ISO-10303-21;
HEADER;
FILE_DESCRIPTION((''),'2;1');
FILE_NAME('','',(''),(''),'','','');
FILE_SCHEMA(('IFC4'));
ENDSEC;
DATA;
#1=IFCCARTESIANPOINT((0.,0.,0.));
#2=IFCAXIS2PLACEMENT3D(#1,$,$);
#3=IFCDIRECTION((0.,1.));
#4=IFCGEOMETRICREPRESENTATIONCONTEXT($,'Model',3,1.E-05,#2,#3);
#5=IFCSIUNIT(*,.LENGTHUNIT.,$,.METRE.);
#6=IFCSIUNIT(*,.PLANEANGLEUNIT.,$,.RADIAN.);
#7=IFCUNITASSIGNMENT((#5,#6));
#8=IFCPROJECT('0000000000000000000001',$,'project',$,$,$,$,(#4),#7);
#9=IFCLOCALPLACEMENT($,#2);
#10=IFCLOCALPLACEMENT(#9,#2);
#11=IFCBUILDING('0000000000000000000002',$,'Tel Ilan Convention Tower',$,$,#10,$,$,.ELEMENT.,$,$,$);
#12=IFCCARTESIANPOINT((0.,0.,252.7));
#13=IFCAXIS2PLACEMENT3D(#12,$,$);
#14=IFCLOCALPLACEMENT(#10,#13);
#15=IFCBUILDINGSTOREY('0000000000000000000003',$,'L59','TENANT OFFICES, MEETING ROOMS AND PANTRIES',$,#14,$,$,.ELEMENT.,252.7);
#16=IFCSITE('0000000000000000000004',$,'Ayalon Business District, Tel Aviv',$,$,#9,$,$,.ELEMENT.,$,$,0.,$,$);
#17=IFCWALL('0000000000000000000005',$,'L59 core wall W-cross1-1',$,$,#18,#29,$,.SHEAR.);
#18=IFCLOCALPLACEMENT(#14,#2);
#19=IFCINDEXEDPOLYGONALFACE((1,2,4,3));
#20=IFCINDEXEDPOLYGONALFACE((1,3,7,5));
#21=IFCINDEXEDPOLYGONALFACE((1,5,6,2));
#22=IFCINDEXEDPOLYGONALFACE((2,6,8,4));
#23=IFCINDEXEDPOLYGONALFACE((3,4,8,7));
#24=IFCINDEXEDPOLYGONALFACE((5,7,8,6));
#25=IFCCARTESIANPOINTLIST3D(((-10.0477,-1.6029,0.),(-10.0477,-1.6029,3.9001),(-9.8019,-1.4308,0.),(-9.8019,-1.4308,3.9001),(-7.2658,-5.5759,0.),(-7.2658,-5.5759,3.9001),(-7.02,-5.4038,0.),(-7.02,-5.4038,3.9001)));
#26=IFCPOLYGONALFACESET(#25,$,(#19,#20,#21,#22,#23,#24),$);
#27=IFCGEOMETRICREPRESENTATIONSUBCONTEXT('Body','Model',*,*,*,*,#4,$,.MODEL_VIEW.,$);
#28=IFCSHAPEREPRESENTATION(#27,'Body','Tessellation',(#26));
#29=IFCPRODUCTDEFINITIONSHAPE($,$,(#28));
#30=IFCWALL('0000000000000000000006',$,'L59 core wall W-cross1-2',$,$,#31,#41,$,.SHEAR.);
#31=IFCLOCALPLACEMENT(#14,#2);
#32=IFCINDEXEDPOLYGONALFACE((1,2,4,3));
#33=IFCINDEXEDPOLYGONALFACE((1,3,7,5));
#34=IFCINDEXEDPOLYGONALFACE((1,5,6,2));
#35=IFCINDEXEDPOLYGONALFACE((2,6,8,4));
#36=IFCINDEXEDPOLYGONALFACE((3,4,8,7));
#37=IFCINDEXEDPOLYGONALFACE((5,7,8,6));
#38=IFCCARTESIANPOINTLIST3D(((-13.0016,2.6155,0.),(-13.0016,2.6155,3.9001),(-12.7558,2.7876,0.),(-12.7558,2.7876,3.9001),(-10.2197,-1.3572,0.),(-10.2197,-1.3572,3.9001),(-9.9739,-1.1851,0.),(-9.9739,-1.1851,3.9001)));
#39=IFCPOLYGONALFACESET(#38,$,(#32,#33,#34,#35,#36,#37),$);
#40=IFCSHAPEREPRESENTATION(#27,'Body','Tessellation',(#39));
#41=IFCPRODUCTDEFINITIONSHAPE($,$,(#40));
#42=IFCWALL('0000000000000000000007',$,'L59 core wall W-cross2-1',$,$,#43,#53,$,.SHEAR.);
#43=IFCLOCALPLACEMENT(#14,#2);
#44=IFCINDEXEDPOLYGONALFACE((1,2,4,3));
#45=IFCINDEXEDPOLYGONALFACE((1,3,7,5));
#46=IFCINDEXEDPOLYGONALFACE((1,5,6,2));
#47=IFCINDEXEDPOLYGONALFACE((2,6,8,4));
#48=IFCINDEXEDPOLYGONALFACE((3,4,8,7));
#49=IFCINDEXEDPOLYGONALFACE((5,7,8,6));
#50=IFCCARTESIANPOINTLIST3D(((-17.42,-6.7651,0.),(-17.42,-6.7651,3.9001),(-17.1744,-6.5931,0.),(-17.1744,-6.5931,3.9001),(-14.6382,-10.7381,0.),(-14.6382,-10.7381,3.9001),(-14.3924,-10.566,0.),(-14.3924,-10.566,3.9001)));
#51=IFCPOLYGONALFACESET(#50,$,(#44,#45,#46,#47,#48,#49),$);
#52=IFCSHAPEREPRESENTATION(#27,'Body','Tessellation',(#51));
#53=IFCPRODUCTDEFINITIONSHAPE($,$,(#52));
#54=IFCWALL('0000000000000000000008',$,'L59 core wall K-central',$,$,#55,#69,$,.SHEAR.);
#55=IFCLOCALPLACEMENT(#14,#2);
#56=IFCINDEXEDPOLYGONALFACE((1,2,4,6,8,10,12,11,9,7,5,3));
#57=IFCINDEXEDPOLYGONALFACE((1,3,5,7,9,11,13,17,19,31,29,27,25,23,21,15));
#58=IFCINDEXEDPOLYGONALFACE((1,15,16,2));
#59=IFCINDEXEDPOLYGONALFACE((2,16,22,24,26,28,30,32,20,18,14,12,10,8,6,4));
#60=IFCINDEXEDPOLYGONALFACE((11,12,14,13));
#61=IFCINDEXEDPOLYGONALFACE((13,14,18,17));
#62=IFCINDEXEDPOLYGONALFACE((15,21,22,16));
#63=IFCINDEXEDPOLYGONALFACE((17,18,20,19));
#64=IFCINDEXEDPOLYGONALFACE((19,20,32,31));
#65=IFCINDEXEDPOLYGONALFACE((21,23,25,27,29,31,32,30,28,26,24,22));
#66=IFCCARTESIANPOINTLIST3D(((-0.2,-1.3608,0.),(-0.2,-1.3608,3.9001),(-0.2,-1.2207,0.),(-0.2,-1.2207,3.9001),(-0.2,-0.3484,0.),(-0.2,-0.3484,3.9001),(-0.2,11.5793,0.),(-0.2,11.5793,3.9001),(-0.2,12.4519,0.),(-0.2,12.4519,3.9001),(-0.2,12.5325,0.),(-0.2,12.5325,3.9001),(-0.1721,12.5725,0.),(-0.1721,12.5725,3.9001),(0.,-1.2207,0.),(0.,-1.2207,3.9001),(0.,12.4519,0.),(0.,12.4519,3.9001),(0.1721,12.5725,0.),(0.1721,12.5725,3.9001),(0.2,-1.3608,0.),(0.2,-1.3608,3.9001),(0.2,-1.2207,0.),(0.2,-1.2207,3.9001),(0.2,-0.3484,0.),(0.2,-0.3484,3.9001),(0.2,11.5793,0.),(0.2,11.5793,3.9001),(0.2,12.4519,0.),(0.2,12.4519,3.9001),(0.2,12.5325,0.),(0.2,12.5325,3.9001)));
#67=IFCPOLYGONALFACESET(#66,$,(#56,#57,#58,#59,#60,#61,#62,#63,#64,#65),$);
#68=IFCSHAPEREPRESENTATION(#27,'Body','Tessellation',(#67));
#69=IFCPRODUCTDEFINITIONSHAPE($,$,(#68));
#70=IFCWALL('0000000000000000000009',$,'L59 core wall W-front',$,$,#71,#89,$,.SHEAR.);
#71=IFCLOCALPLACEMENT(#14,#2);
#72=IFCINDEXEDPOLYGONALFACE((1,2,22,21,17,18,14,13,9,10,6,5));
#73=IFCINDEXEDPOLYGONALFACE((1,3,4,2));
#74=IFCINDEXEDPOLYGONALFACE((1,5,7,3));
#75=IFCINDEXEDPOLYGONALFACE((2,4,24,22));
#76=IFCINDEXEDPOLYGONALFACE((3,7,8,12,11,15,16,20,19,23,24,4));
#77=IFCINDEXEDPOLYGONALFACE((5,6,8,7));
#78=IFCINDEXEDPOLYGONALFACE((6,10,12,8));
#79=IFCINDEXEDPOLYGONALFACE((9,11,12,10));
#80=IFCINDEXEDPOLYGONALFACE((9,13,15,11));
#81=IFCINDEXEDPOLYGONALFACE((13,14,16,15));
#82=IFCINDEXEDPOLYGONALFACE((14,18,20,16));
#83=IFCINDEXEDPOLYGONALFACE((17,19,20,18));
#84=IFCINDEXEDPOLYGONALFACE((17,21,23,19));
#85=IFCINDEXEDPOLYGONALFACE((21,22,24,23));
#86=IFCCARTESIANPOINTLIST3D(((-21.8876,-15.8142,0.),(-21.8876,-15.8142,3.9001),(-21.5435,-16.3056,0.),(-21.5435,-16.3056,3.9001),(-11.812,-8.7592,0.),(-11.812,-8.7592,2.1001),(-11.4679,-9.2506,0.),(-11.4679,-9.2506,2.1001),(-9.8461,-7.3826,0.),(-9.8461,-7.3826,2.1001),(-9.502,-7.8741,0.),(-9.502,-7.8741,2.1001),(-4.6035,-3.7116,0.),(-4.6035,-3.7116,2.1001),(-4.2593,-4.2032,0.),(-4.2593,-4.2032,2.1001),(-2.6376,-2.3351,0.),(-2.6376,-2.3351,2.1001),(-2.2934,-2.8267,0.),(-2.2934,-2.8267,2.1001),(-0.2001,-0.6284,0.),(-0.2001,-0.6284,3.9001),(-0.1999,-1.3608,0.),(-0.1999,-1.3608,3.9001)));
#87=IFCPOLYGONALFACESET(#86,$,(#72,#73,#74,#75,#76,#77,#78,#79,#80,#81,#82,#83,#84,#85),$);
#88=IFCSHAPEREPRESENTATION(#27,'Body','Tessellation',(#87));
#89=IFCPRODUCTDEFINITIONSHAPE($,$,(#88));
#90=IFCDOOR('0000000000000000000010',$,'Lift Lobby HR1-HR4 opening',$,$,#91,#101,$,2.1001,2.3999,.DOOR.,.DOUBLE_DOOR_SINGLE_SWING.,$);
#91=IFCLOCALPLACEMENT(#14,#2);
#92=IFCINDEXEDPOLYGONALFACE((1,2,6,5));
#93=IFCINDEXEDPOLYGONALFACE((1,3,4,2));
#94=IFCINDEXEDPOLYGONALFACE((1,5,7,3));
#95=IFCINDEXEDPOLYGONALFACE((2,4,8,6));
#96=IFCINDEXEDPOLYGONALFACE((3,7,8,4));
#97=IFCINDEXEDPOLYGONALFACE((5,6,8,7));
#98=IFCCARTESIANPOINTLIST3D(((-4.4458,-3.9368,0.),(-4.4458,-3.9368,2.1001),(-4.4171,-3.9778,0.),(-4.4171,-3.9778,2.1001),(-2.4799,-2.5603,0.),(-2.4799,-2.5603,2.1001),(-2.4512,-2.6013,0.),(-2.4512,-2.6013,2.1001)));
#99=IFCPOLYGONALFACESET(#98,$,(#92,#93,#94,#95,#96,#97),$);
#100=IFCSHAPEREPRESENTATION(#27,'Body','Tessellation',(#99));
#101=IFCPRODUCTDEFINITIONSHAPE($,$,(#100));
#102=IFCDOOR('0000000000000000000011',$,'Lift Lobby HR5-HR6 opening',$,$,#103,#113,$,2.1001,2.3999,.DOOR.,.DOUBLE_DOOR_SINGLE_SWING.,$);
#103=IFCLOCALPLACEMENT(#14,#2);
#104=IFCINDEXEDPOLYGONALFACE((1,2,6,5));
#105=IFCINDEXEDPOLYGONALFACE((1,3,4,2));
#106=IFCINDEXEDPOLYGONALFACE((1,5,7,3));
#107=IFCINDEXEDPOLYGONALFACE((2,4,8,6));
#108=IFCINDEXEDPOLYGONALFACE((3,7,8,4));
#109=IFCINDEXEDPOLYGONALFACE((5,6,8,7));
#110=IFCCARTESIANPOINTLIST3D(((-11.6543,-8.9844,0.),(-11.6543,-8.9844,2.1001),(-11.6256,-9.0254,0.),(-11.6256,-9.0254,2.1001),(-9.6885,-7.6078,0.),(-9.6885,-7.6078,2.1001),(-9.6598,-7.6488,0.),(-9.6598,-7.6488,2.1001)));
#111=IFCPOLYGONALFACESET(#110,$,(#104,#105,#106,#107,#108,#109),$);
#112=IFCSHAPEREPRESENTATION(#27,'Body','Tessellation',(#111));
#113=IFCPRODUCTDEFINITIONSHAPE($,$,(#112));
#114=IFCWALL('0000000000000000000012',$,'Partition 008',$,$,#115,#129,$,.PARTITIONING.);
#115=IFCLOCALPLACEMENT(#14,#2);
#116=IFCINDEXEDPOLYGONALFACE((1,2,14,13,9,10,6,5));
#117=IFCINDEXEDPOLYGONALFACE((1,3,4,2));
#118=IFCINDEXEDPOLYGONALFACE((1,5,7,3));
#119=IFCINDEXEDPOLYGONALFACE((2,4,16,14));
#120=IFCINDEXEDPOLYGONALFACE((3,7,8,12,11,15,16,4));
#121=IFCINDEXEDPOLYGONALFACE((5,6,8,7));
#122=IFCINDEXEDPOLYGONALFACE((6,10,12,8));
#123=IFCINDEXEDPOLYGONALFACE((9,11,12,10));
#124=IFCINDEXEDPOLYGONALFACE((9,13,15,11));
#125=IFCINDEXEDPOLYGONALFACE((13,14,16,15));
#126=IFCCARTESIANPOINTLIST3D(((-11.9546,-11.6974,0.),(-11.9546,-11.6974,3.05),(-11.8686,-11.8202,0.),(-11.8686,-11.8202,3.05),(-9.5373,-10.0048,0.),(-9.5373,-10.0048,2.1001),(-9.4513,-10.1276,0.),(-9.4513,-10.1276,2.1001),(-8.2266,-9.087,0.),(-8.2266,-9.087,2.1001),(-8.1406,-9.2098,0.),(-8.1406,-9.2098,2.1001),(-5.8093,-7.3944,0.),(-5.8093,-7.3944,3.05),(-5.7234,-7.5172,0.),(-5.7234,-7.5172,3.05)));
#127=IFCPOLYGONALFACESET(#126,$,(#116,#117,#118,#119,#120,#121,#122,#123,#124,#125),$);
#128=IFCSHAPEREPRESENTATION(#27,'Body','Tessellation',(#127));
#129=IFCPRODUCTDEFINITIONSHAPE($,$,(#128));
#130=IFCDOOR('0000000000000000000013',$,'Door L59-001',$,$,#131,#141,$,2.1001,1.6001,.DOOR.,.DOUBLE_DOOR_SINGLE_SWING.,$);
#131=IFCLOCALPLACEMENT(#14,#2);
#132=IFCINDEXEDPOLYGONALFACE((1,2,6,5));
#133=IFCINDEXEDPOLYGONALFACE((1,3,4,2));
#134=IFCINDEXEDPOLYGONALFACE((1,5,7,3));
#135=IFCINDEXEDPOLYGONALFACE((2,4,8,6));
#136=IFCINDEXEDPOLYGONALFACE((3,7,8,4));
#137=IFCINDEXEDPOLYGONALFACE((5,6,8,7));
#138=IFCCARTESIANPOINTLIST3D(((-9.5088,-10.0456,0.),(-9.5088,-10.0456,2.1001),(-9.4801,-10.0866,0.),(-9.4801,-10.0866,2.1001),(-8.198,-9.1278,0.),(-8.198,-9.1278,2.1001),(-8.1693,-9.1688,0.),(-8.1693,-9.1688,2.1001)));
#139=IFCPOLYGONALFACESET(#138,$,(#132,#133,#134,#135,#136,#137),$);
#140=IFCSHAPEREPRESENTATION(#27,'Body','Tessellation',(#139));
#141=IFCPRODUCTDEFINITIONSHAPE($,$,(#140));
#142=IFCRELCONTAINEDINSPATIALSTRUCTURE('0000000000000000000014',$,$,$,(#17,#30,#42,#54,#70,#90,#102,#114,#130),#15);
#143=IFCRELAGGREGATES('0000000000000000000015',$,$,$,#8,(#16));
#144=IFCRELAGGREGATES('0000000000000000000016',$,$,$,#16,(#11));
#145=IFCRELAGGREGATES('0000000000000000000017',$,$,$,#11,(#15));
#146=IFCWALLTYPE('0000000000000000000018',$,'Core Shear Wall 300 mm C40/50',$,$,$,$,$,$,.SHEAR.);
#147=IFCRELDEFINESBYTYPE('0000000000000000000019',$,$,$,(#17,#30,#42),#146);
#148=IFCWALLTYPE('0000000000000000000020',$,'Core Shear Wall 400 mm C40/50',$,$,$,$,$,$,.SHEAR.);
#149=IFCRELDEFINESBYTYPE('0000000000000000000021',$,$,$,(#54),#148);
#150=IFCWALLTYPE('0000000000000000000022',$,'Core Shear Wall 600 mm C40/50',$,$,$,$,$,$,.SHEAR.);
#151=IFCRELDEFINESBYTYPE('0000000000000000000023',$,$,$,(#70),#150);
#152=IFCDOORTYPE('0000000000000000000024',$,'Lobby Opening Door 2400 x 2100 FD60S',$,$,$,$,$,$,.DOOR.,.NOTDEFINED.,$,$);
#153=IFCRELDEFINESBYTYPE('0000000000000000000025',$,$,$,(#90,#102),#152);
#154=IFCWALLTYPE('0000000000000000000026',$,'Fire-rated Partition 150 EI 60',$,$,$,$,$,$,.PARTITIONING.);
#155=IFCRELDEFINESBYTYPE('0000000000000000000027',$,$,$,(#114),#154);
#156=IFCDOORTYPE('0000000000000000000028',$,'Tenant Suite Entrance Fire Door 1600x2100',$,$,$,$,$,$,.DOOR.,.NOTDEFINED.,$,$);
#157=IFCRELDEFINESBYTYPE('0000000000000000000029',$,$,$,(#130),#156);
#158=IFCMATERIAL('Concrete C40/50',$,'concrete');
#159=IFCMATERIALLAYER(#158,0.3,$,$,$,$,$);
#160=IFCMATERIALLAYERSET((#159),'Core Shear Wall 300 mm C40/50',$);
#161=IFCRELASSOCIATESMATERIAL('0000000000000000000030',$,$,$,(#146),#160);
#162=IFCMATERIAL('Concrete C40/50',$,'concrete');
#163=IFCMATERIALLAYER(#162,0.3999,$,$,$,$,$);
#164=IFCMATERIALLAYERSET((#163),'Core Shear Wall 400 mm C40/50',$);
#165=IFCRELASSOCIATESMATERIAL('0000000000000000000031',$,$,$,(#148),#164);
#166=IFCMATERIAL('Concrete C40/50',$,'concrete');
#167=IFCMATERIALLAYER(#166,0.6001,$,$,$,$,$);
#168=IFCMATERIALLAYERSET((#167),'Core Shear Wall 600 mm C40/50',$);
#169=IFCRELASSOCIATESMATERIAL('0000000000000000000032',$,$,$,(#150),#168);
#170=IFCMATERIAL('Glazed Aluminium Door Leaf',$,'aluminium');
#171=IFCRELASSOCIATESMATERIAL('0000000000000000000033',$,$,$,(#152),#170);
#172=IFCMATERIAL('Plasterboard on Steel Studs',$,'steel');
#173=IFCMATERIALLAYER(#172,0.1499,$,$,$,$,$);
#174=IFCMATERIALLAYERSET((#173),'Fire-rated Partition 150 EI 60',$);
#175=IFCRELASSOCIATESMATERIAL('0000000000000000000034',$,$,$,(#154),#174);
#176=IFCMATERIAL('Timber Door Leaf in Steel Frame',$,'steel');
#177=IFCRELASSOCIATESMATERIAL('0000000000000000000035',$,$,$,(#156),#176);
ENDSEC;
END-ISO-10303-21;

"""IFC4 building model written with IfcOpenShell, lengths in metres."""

from ifc_helpers import new_model, si_unit, direction, frame, frame_2d, origin, place, context, subcontext, project, spatial, polyline, rectangle, outline, extrude, material, layer, layer_set, type_object, element, fill, save


model = new_model("IFC4")

# Units and contexts
model_context = context("Model", 3, precision=1e-05, world=origin(), true_north=direction((0.0, 1.0)))
body_context = subcontext(model_context, "Body", "Model", "MODEL_VIEW")
ifc_project = project(units=[si_unit("LENGTHUNIT", "METRE"), si_unit("PLANEANGLEUNIT", "RADIAN")], contexts=[model_context])

# Site, building, storey
site_placement = place(None, origin())
site = spatial("IfcSite", under=ifc_project, at=site_placement, Name="Ayalon Business District, Tel Aviv", CompositionType="ELEMENT", RefElevation=0.0)
building_placement = place(site_placement, origin())
building = spatial("IfcBuilding", under=site, at=building_placement, Name="Tel Ilan Convention Tower", CompositionType="ELEMENT")
storey_placement = place(building_placement, frame((0.0, 0.0, 252.7)))
storey = spatial("IfcBuildingStorey", under=building, at=storey_placement, Name="L59", Description="TENANT OFFICES, MEETING ROOMS AND PANTRIES", CompositionType="ELEMENT", Elevation=252.7)

# Walls
ifc_material_1 = material(Name="Concrete C40/50", Category="concrete")
ifc_layer_1 = layer(ifc_material_1, 0.3)
ifc_layer_set_1 = layer_set([ifc_layer_1], Name="Core Shear Wall 300 mm C40/50")
wall_type_1 = type_object("IfcWallType", Name="Core Shear Wall 300 mm C40/50", PredefinedType="SHEAR", material=ifc_layer_set_1)
wall_1_placement = place(storey_placement, frame((-7.1428, -5.4897, 0.0), z_axis=(0.0, 0.0, 1.0), x_axis=(-0.573618, 0.819123, 0.0)))
element("IfcWall", 1, at=wall_1_placement, inside=storey, type_object=wall_type_1, Name="L59 core wall W-cross1-1", PredefinedType="SHEAR", context=body_context, shape_type="SweptSolid", body=[
    extrude(outline(polyline([(4.8501, 0.1499), (0.0, 0.1501), (0.0, -0.1499), (4.8501, -0.1501), (4.8501, 0.1499)])), origin(), (0.0, 0.0, 1.0), 3.9001),
])
wall_2_placement = place(storey_placement, frame((-10.0969, -1.2712, 0.0), z_axis=(0.0, 0.0, 1.0), x_axis=(-0.57356, 0.819163, 0.0)))
element("IfcWall", 2, at=wall_2_placement, inside=storey, type_object=wall_type_1, Name="L59 core wall W-cross1-2", PredefinedType="SHEAR", context=body_context, shape_type="SweptSolid", body=[
    extrude(outline(polyline([(4.8499, -0.1499), (4.8499, 0.1501), (0.0, 0.1499), (0.0, -0.1501), (4.8499, -0.1499)])), origin(), (0.0, 0.0, 1.0), 3.9001),
])
wall_3_placement = place(storey_placement, frame((-14.5154, -10.6521, 0.0), z_axis=(0.0, 0.0, 1.0), x_axis=(-0.57356, 0.819163, 0.0)))
element("IfcWall", 3, at=wall_3_placement, inside=storey, type_object=wall_type_1, Name="L59 core wall W-cross2-1", PredefinedType="SHEAR", context=body_context, shape_type="SweptSolid", body=[
    extrude(outline(polyline([(4.8501, 0.1499), (0.0, 0.1499), (0.0, -0.1501), (4.8501, -0.1499), (4.8501, 0.1499)])), origin(), (0.0, 0.0, 1.0), 3.9001),
])
ifc_material_2 = material(Name="Concrete C40/50", Category="concrete")
ifc_layer_2 = layer(ifc_material_2, 0.3999)
ifc_layer_set_2 = layer_set([ifc_layer_2], Name="Core Shear Wall 400 mm C40/50")
wall_type_2 = type_object("IfcWallType", Name="Core Shear Wall 400 mm C40/50", PredefinedType="SHEAR", material=ifc_layer_set_2)
wall_4_placement = place(storey_placement, frame((0.0, -1.3608, 0.0), z_axis=(0.0, 0.0, 1.0), x_axis=(0.0, 1.0, 0.0)))
element("IfcWall", 4, at=wall_4_placement, inside=storey, type_object=wall_type_2, Name="L59 core wall K-central", PredefinedType="SHEAR", context=body_context, shape_type="SweptSolid", body=[
    extrude(outline(polyline([(0.1401, 0.2), (0.0, 0.2), (0.1401, 0.0), (0.0, -0.2), (0.1401, -0.2), (1.0125, -0.2), (12.9402, -0.2), (13.8127, -0.2), (13.8933, -0.2), (13.9333, -0.1721), (13.8127, 0.0), (13.9333, 0.1721), (13.8933, 0.2), (13.8127, 0.2), (12.9402, 0.2), (1.0125, 0.2), (0.1401, 0.2)])), origin(), (0.0, 0.0, 1.0), 3.9001),
])

# Wall, openings, doors
ifc_material_3 = material(Name="Concrete C40/50", Category="concrete")
ifc_layer_3 = layer(ifc_material_3, 0.6001)
ifc_layer_set_3 = layer_set([ifc_layer_3], Name="Core Shear Wall 600 mm C40/50")
wall_type_3 = type_object("IfcWallType", Name="Core Shear Wall 600 mm C40/50", PredefinedType="SHEAR", material=ifc_layer_set_3)
wall_5_placement = place(storey_placement, frame((-0.0278, -0.874, 0.0), z_axis=(0.0, 0.0, 1.0), x_axis=(-0.81915, -0.573579, 0.0)))
wall_5 = element("IfcWall", 5, at=wall_5_placement, inside=storey, type_object=wall_type_3, Name="L59 core wall W-front", PredefinedType="SHEAR", context=body_context, shape_type="SweptSolid", body=[
    extrude(outline(polyline([(26.4758, 0.2998), (0.4202, 0.3), (0.0002, -0.3), (26.4758, -0.3), (26.4758, 0.2998)])), origin(), (0.0, 0.0, 1.0), 3.9001),
])
opening_1_placement = place(wall_5_placement, frame((2.9758, 0.0, 0.0)))
opening_1 = element("IfcOpeningElement", 6, at=opening_1_placement, cuts=wall_5, PredefinedType="OPENING", context=body_context, shape_type="SweptSolid", body=[
    extrude(rectangle(XDim=2.3999, YDim=2.1001, at=frame_2d((1.2, 1.05))), frame((0.0, 0.3101, 0.0), z_axis=(0.0, -1.0, 0.0), x_axis=(1.0, 0.0, 0.0)), (0.0, 0.0, 1.0), 0.6201),
])
opening_2_placement = place(wall_5_placement, frame((11.7759, 0.0, 0.0)))
opening_2 = element("IfcOpeningElement", 7, at=opening_2_placement, cuts=wall_5, PredefinedType="OPENING", context=body_context, shape_type="SweptSolid", body=[
    extrude(rectangle(XDim=2.3999, YDim=2.1001, at=frame_2d((1.2, 1.05))), frame((0.0, 0.3101, 0.0), z_axis=(0.0, -1.0, 0.0), x_axis=(1.0, 0.0, 0.0)), (0.0, 0.0, 1.0), 0.6201),
])
ifc_material_4 = material(Name="Glazed Aluminium Door Leaf", Category="aluminium")
door_type_1 = type_object("IfcDoorType", Name="Lobby Opening Door 2400 x 2100 FD60S", OperationType="NOTDEFINED", PredefinedType="DOOR", material=ifc_material_4)
door_1_placement = place(opening_1_placement, origin())
door_1 = element("IfcDoor", 8, at=door_1_placement, inside=storey, type_object=door_type_1, Name="Lift Lobby HR1-HR4 opening", OperationType="DOUBLE_DOOR_SINGLE_SWING", OverallHeight=2.1001, OverallWidth=2.3999, PredefinedType="DOOR", context=body_context, shape_type="SweptSolid", body=[
    extrude(rectangle(XDim=2.3999, YDim=2.1001, at=frame_2d((1.2, 1.05))), frame((0.0, 0.0249, 0.0), z_axis=(0.0, -1.0, 0.0), x_axis=(1.0, 0.0, 0.0)), (0.0, 0.0, 1.0), 0.05),
])
fill(opening_1, door_1)
door_2_placement = place(opening_2_placement, origin())
door_2 = element("IfcDoor", 9, at=door_2_placement, inside=storey, type_object=door_type_1, Name="Lift Lobby HR5-HR6 opening", OperationType="DOUBLE_DOOR_SINGLE_SWING", OverallHeight=2.1001, OverallWidth=2.3999, PredefinedType="DOOR", context=body_context, shape_type="SweptSolid", body=[
    extrude(rectangle(XDim=2.3999, YDim=2.1001, at=frame_2d((1.2, 1.05))), frame((0.0, 0.0249, 0.0), z_axis=(0.0, -1.0, 0.0), x_axis=(1.0, 0.0, 0.0)), (0.0, 0.0, 1.0), 0.05),
])
fill(opening_2, door_2)

# Wall, opening, door
ifc_material_5 = material(Name="Plasterboard on Steel Studs", Category="steel")
ifc_layer_4 = layer(ifc_material_5, 0.1499)
ifc_layer_set_4 = layer_set([ifc_layer_4], Name="Fire-rated Partition 150 EI 60")
wall_type_4 = type_object("IfcWallType", Name="Fire-rated Partition 150 EI 60", PredefinedType="PARTITIONING", material=ifc_layer_set_4)
wall_6_placement = place(storey_placement, frame((-5.7664, -7.4558, 0.0), z_axis=(0.0, 0.0, 1.0), x_axis=(-0.819151, -0.573578, 0.0)))
wall_6 = element("IfcWall", 10, at=wall_6_placement, inside=storey, type_object=wall_type_4, Name="Partition 008", PredefinedType="PARTITIONING", context=body_context, shape_type="SweptSolid", body=[
    extrude(rectangle(XDim=7.502, YDim=0.1499, at=frame_2d((3.751, 0.0))), origin(), (0.0, 0.0, 1.0), 3.05),
])
opening_3_placement = place(wall_6_placement, frame((2.9509, 0.0, 0.0)))
opening_3 = element("IfcOpeningElement", 11, at=opening_3_placement, cuts=wall_6, PredefinedType="OPENING", context=body_context, shape_type="SweptSolid", body=[
    extrude(rectangle(XDim=1.6001, YDim=2.1001, at=frame_2d((0.8, 1.05))), frame((0.0, 0.085, 0.0), z_axis=(0.0, -1.0, 0.0), x_axis=(1.0, 0.0, 0.0)), (0.0, 0.0, 1.0), 0.1699),
])
ifc_material_6 = material(Name="Timber Door Leaf in Steel Frame", Category="steel")
door_type_2 = type_object("IfcDoorType", Name="Tenant Suite Entrance Fire Door 1600x2100", OperationType="NOTDEFINED", PredefinedType="DOOR", material=ifc_material_6)
door_3_placement = place(opening_3_placement, origin())
door_3 = element("IfcDoor", 12, at=door_3_placement, inside=storey, type_object=door_type_2, Name="Door L59-001", OperationType="DOUBLE_DOOR_SINGLE_SWING", OverallHeight=2.1001, OverallWidth=1.6001, PredefinedType="DOOR", context=body_context, shape_type="SweptSolid", body=[
    extrude(rectangle(XDim=1.6001, YDim=2.1001, at=frame_2d((0.8, 1.05))), frame((0.0, 0.0249, 0.0), z_axis=(0.0, -1.0, 0.0), x_axis=(1.0, 0.0, 0.0)), (0.0, 0.0, 1.0), 0.05),
])
fill(opening_3, door_3)

save(model, "model.ifc")
